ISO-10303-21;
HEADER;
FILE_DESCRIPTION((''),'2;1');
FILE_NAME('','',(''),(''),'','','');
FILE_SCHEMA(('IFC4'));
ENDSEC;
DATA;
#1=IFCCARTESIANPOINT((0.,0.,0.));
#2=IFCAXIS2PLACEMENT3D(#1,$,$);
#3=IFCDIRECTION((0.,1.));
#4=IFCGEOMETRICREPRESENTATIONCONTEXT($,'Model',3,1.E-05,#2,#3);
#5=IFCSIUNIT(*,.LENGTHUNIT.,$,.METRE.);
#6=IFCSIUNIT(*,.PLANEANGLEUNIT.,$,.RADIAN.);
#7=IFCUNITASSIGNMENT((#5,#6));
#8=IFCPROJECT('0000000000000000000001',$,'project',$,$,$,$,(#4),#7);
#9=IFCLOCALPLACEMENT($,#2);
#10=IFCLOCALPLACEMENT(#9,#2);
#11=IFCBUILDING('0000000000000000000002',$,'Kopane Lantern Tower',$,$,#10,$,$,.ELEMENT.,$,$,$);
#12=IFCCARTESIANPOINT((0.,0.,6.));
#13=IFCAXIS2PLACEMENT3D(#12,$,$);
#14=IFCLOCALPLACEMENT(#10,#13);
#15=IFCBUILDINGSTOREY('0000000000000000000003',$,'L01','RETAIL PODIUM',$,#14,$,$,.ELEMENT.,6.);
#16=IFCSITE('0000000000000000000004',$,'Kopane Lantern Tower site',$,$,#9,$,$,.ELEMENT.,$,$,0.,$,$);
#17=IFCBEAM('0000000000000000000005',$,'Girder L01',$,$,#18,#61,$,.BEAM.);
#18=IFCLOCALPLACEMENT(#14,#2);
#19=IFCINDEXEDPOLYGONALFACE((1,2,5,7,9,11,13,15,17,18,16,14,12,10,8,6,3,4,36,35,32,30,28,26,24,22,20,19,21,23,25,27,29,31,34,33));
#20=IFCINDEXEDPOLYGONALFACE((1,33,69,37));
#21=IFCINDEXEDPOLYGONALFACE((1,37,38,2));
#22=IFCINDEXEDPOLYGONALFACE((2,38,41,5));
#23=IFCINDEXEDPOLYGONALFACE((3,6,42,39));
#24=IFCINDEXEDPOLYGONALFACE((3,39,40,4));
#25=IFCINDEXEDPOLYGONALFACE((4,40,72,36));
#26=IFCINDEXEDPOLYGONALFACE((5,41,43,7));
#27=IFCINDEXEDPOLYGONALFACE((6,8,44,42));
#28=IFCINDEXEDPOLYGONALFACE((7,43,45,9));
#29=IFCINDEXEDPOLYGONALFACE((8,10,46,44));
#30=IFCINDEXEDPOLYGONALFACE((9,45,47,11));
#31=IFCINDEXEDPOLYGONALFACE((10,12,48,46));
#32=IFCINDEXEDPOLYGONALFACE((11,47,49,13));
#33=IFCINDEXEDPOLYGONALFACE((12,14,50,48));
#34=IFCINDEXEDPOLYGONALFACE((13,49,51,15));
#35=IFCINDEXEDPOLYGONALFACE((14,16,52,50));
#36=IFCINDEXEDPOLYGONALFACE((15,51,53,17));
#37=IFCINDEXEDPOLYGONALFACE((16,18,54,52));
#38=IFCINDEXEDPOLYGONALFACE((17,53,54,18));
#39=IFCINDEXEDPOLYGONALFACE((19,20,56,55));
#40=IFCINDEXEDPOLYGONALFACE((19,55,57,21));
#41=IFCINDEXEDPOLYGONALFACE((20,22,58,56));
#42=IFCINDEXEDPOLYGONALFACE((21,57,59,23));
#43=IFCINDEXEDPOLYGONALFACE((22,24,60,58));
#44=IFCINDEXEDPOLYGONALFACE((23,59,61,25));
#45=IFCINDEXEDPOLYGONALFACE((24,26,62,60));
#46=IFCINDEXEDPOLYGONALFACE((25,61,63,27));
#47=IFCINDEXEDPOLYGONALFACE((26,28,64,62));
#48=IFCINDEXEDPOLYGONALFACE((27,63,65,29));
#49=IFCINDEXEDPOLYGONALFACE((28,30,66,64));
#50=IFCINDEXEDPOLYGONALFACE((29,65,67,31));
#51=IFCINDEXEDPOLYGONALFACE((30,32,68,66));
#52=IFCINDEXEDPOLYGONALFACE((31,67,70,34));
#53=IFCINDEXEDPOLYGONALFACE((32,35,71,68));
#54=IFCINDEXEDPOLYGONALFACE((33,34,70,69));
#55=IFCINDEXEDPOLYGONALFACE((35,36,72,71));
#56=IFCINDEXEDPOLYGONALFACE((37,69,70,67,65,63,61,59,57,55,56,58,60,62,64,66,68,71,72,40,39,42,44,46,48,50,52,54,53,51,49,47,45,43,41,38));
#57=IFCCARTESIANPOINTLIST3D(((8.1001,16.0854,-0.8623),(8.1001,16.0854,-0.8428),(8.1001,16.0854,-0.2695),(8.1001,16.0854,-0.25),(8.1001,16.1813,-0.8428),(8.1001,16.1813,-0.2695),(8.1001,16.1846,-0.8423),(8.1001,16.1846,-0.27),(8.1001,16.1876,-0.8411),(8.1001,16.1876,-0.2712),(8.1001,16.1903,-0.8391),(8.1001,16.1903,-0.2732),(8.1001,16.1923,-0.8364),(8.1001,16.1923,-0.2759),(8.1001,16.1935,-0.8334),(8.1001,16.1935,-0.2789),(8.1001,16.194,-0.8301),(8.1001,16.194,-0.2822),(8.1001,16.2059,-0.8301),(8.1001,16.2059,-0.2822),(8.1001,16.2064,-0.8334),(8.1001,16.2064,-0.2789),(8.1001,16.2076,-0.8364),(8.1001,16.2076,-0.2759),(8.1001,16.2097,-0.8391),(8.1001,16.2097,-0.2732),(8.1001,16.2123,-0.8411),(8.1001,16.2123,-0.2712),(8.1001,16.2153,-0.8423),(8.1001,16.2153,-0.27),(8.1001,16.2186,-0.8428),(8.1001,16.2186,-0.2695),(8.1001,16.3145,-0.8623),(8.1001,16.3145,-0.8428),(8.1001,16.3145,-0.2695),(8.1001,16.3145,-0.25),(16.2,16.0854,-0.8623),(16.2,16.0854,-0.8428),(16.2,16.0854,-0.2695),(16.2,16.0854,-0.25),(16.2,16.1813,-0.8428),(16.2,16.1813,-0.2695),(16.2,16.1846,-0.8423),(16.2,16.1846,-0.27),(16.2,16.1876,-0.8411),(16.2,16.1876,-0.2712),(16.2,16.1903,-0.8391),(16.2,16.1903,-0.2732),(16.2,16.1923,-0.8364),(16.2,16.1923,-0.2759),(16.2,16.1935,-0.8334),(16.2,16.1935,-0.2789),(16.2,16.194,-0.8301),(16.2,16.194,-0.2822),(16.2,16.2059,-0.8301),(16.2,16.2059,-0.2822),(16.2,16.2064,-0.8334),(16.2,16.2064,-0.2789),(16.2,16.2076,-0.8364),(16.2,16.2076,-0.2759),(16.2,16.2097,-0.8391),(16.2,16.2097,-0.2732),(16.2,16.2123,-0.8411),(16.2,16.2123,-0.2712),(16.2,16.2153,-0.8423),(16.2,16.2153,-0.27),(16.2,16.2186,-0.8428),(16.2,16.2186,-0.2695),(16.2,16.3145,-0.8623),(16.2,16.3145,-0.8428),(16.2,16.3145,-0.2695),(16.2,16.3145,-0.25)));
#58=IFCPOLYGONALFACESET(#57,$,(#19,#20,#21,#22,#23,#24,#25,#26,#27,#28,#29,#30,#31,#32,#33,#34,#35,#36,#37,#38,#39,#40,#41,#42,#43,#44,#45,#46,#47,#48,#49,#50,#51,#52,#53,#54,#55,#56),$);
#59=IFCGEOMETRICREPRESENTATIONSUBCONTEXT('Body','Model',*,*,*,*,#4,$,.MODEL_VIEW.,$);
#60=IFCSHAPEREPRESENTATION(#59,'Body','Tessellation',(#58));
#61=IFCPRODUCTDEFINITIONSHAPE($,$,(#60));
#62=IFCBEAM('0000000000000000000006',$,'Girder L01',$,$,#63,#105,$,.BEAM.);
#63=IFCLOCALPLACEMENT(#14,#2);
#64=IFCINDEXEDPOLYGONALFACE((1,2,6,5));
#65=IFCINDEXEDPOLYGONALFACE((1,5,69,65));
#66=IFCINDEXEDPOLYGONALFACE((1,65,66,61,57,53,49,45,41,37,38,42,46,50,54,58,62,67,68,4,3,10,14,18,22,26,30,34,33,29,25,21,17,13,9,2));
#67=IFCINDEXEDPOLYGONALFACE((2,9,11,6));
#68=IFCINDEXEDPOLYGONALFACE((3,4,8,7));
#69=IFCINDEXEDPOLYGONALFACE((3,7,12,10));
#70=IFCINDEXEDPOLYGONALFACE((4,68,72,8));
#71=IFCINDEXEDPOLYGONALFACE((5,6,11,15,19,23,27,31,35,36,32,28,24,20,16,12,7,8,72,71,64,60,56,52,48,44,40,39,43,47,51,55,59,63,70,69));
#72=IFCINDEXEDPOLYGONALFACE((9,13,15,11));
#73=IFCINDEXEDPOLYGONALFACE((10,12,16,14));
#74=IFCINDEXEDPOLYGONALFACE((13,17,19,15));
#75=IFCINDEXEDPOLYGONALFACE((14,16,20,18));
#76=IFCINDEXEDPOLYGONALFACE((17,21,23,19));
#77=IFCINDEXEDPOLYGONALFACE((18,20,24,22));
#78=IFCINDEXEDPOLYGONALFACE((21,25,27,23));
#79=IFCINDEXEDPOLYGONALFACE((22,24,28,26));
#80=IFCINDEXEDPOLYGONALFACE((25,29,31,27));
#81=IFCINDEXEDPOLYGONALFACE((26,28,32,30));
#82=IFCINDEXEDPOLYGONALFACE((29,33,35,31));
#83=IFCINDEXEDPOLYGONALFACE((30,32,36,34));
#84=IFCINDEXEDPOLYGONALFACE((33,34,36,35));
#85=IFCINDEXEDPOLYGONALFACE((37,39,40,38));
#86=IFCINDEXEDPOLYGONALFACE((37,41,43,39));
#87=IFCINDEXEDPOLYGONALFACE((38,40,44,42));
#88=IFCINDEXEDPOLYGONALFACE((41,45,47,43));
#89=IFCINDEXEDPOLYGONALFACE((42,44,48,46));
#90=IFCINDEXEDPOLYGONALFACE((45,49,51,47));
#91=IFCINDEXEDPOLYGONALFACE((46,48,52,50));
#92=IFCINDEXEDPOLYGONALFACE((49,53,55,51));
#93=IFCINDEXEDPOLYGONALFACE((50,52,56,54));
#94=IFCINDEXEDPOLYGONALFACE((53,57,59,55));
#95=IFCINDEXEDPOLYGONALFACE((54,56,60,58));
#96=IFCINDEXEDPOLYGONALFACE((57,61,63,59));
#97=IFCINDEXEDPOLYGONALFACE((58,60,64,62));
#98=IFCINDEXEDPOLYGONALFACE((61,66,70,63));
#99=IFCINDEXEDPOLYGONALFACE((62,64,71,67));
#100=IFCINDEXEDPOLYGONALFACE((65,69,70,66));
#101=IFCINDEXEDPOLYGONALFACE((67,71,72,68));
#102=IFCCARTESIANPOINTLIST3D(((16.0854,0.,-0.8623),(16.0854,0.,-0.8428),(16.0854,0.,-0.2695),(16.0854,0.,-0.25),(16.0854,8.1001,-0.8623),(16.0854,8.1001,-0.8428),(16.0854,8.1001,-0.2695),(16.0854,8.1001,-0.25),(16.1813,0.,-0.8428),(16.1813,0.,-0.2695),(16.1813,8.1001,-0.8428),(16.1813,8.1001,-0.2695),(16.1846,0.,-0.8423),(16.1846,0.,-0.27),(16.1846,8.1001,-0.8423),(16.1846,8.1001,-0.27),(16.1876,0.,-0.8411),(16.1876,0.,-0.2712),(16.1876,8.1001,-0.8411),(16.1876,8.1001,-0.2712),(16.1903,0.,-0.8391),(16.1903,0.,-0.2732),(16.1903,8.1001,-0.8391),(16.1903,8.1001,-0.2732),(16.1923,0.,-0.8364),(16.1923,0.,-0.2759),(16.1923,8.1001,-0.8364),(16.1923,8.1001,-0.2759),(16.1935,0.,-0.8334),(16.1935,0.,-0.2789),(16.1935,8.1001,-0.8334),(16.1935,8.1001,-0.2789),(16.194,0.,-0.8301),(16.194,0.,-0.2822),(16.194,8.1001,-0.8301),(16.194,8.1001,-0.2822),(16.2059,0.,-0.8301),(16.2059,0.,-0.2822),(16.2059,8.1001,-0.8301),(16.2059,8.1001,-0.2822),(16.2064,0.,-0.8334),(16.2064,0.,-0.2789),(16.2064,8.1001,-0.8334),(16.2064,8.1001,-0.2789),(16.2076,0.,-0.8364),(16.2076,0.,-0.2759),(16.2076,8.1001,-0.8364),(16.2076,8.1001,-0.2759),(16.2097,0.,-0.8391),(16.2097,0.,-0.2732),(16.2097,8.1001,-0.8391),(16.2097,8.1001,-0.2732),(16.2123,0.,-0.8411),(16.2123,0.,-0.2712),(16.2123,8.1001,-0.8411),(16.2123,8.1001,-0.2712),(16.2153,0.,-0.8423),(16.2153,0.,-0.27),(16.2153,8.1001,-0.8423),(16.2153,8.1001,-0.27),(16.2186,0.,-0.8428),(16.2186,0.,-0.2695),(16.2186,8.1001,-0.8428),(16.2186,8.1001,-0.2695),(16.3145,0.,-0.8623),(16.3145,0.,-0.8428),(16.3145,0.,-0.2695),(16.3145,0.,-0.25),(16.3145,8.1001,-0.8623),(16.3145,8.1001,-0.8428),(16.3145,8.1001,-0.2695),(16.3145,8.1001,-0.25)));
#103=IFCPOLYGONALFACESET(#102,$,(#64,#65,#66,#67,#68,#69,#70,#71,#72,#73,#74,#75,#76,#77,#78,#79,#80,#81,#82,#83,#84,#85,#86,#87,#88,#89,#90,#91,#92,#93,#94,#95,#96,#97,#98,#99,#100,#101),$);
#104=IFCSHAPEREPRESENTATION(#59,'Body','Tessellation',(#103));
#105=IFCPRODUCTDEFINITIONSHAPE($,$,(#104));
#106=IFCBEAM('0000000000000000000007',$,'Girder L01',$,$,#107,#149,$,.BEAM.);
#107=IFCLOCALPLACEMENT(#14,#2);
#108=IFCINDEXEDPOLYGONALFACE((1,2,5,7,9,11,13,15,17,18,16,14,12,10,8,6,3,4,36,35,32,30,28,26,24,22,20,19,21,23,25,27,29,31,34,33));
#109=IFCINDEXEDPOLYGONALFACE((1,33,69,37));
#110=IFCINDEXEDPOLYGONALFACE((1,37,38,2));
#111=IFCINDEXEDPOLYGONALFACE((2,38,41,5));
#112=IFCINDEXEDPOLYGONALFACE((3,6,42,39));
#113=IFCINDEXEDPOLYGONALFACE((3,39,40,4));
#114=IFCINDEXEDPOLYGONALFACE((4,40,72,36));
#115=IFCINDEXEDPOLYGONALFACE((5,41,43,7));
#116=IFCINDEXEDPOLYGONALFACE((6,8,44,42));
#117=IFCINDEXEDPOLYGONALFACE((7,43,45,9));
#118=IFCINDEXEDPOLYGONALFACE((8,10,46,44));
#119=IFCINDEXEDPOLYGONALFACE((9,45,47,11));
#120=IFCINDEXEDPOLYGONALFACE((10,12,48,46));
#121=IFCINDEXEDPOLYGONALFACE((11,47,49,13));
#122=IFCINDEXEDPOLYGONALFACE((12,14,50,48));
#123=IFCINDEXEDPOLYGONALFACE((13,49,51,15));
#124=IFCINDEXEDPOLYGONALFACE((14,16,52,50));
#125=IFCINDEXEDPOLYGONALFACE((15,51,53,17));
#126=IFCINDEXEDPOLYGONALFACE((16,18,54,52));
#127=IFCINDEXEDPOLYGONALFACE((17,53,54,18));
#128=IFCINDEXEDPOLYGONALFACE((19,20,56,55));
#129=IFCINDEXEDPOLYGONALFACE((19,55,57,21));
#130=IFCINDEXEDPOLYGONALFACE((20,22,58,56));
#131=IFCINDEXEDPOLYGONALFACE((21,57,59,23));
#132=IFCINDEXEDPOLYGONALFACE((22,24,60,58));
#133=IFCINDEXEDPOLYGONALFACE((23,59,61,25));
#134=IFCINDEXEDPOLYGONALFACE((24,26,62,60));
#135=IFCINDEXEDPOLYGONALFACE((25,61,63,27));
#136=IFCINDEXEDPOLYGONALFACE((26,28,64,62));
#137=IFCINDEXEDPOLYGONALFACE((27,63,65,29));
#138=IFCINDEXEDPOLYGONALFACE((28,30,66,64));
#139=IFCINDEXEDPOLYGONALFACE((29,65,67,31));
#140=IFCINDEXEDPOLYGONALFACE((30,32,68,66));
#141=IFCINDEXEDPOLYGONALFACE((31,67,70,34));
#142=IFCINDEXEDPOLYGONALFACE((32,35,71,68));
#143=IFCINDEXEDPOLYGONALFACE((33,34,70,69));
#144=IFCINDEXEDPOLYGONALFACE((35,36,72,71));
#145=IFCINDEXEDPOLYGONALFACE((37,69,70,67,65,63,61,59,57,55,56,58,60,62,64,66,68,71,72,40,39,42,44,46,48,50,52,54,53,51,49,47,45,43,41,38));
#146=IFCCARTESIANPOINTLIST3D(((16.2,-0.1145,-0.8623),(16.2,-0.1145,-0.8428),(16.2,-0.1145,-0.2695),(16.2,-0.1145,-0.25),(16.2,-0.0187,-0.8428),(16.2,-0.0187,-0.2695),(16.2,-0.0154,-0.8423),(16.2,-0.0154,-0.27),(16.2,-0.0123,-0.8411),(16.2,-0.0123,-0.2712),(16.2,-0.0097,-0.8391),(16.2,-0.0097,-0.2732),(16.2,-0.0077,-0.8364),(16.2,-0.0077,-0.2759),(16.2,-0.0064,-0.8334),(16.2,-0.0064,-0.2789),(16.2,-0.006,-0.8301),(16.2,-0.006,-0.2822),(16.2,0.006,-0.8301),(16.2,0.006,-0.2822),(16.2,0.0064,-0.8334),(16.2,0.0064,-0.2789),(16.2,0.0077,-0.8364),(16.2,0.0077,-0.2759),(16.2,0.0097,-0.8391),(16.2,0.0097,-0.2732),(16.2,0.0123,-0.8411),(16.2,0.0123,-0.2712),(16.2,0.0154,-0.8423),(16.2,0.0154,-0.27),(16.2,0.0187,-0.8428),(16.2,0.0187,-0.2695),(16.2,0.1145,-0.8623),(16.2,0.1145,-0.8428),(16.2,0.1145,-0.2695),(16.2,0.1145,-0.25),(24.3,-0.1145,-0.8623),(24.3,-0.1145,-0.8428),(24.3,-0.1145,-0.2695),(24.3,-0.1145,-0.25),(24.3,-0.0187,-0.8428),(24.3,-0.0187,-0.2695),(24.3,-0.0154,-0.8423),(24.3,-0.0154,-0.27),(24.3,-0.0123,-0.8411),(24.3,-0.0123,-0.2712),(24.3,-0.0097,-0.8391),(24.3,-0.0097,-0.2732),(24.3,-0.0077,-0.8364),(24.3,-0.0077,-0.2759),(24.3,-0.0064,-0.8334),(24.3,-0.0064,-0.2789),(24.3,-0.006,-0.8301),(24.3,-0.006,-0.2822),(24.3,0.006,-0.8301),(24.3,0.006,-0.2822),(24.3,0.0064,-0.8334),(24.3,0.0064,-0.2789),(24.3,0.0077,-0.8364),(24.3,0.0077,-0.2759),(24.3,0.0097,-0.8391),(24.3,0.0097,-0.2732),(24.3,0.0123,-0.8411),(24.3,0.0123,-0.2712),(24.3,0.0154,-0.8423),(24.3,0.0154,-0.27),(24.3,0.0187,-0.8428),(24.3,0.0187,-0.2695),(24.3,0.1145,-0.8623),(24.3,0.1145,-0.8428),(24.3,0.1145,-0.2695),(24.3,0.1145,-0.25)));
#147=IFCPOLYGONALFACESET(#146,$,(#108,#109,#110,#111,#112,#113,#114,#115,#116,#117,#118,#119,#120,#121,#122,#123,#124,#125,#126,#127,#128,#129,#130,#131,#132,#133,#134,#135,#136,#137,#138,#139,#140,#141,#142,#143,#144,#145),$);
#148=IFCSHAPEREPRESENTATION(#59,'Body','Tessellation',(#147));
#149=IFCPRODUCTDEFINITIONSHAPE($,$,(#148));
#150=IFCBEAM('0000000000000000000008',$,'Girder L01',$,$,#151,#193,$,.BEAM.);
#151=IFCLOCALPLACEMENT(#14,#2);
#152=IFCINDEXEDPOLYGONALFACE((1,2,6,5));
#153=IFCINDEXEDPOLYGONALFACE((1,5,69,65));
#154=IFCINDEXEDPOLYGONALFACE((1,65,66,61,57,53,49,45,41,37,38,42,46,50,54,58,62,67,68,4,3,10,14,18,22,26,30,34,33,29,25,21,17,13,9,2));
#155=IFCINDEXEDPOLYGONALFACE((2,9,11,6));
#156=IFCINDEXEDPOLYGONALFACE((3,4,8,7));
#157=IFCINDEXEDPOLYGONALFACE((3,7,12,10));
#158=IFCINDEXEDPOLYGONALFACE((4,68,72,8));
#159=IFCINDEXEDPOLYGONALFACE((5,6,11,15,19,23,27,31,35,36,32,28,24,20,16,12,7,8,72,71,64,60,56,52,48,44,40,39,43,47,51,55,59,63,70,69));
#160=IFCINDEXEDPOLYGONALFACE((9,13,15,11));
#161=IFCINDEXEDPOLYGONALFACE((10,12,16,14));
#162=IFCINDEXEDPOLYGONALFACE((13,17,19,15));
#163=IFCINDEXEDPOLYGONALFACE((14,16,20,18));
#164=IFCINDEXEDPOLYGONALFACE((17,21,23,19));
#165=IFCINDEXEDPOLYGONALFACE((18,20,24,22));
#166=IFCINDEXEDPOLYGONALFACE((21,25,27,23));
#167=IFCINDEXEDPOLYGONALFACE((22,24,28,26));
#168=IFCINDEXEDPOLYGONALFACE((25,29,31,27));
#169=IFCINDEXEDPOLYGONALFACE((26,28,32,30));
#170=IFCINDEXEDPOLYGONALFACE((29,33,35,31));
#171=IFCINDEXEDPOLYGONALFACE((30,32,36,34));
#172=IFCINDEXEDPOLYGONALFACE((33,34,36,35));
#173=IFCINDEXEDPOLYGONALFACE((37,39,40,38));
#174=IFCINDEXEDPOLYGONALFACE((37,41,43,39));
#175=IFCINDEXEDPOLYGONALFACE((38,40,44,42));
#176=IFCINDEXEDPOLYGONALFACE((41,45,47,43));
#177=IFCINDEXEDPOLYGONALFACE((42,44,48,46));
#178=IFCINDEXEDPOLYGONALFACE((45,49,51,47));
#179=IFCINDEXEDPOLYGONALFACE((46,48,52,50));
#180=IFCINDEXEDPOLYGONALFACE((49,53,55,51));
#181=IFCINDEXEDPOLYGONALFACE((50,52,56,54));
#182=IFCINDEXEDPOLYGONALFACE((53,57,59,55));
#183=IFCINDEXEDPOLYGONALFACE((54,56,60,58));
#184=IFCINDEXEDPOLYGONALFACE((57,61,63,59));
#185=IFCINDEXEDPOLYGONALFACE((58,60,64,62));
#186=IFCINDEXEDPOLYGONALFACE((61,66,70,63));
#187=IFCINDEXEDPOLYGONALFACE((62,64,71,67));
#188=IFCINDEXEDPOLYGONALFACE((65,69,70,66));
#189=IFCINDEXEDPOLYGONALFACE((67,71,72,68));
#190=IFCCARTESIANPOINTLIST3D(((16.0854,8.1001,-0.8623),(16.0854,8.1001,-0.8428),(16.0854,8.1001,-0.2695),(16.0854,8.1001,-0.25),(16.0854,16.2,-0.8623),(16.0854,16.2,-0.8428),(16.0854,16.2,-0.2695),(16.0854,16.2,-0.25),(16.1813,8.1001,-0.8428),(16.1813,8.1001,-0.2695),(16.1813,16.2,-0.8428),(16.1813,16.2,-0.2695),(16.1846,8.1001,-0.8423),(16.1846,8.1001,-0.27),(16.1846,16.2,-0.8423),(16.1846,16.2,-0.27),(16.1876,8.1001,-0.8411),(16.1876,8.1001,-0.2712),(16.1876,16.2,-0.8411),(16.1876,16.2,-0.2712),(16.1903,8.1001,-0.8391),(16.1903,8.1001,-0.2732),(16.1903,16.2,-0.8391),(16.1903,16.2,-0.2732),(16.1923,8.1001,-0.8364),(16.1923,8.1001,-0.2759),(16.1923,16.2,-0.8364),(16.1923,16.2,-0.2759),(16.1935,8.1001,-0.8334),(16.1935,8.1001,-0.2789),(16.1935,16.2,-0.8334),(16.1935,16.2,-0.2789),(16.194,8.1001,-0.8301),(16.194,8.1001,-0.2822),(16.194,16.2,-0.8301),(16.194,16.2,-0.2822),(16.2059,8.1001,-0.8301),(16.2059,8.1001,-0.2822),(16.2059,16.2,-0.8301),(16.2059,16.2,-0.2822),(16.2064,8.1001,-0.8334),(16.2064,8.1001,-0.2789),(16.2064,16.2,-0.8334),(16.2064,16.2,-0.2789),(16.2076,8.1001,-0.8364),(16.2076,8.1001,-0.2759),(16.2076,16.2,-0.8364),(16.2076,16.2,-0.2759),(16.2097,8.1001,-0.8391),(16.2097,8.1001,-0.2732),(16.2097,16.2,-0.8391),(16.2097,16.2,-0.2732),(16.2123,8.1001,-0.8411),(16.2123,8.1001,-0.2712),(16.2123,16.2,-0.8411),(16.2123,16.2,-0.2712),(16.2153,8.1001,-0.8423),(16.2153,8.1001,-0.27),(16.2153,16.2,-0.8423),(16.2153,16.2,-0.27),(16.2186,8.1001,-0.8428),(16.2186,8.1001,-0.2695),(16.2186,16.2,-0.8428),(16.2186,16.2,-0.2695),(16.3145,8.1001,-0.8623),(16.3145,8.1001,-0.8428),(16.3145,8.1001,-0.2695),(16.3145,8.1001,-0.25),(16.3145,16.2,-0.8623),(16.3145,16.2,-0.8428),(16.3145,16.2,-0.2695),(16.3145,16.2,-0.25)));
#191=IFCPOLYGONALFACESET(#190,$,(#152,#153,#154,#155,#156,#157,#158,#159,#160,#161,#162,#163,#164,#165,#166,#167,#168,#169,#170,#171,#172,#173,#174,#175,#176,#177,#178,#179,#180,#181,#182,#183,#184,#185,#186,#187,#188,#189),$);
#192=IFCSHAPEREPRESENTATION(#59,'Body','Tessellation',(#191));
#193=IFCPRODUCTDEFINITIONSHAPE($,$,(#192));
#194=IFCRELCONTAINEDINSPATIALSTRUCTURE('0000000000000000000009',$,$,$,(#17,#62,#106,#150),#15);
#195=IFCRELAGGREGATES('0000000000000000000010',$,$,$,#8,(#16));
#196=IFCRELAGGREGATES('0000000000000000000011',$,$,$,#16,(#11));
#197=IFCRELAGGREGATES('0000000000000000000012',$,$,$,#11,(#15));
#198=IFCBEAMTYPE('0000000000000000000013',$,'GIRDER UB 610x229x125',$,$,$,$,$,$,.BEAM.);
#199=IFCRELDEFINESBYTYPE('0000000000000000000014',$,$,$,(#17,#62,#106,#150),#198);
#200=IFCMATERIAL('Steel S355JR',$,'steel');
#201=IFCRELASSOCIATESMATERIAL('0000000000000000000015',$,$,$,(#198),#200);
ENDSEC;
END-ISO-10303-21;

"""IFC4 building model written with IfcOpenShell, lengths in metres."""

from ifc_helpers import new_model, si_unit, direction, frame, origin, origin_2d, place, context, subcontext, project, spatial, i_section, extrude, material, material_profile, profile_set, type_object, element, save


model = new_model("IFC4")

# Units and contexts
model_context = context("Model", 3, precision=1e-05, world=origin(), true_north=direction((0.0, 1.0)))
body_context = subcontext(model_context, "Body", "Model", "MODEL_VIEW")
ifc_project = project(units=[si_unit("LENGTHUNIT", "METRE"), si_unit("PLANEANGLEUNIT", "RADIAN")], contexts=[model_context])

# Site, building, storey
site_placement = place(None, origin())
site = spatial("IfcSite", under=ifc_project, at=site_placement, Name="Kopane Lantern Tower site", CompositionType="ELEMENT", RefElevation=0.0)
building_placement = place(site_placement, origin())
building = spatial("IfcBuilding", under=site, at=building_placement, Name="Kopane Lantern Tower", CompositionType="ELEMENT")
storey_placement = place(building_placement, frame((0.0, 0.0, 6.0)))
storey = spatial("IfcBuildingStorey", under=building, at=storey_placement, Name="L01", Description="RETAIL PODIUM", CompositionType="ELEMENT", Elevation=6.0)

# Beams
ifc_material_1 = material(Name="Steel S355JR", Category="steel")
ifc_material_profile_1 = material_profile(ifc_material_1, i_section(OverallWidth=0.229, OverallDepth=0.6123, WebThickness=0.012, FlangeThickness=0.0195, FilletRadius=0.0127, at=origin_2d()), Name="UB 610x229x125")
ifc_profile_set_1 = profile_set([ifc_material_profile_1], Name="Steel S355JR")
beam_type = type_object("IfcBeamType", Name="GIRDER UB 610x229x125", PredefinedType="BEAM", material=ifc_profile_set_1)
beam_1_placement = place(storey_placement, frame((8.1001, 16.2, -0.5562), z_axis=(1.0, 0.0, 0.0), x_axis=(0.0, 1.0, 0.0)))
element("IfcBeam", 1, at=beam_1_placement, inside=storey, type_object=beam_type, Name="Girder L01", PredefinedType="BEAM", context=body_context, shape_type="SweptSolid", body=[
    extrude(i_section(OverallWidth=0.229, OverallDepth=0.6123, WebThickness=0.012, FlangeThickness=0.0195, FilletRadius=0.0127, at=origin_2d()), origin(), (0.0, 0.0, 1.0), 8.0999),
])
for number, where, z_axis, x_axis, name in (
    (2, (16.2, 0.0, -0.5562), (0.0, 1.0, 0.0), (-1.0, 0.0, 0.0), "Girder L01"),
    (3, (16.2, 0.0, -0.5562), (1.0, 0.0, 0.0), (0.0, 1.0, 0.0), "Girder L01"),
):
    element("IfcBeam", number, at=place(storey_placement, frame(where, z_axis=z_axis, x_axis=x_axis)), inside=storey, type_object=beam_type, Name=name, PredefinedType="BEAM", context=body_context, shape_type="SweptSolid", body=[
        extrude(i_section(OverallWidth=0.229, OverallDepth=0.6123, WebThickness=0.012, FlangeThickness=0.0195, FilletRadius=0.0127, at=origin_2d()), origin(), (0.0, 0.0, 1.0), 8.1001),
    ])
beam_2_placement = place(storey_placement, frame((16.2, 8.1001, -0.5562), z_axis=(0.0, 1.0, 0.0), x_axis=(-1.0, 0.0, 0.0)))
element("IfcBeam", 4, at=beam_2_placement, inside=storey, type_object=beam_type, Name="Girder L01", PredefinedType="BEAM", context=body_context, shape_type="SweptSolid", body=[
    extrude(i_section(OverallWidth=0.229, OverallDepth=0.6123, WebThickness=0.012, FlangeThickness=0.0195, FilletRadius=0.0127, at=origin_2d()), origin(), (0.0, 0.0, 1.0), 8.0999),
])

save(model, "model.ifc")
